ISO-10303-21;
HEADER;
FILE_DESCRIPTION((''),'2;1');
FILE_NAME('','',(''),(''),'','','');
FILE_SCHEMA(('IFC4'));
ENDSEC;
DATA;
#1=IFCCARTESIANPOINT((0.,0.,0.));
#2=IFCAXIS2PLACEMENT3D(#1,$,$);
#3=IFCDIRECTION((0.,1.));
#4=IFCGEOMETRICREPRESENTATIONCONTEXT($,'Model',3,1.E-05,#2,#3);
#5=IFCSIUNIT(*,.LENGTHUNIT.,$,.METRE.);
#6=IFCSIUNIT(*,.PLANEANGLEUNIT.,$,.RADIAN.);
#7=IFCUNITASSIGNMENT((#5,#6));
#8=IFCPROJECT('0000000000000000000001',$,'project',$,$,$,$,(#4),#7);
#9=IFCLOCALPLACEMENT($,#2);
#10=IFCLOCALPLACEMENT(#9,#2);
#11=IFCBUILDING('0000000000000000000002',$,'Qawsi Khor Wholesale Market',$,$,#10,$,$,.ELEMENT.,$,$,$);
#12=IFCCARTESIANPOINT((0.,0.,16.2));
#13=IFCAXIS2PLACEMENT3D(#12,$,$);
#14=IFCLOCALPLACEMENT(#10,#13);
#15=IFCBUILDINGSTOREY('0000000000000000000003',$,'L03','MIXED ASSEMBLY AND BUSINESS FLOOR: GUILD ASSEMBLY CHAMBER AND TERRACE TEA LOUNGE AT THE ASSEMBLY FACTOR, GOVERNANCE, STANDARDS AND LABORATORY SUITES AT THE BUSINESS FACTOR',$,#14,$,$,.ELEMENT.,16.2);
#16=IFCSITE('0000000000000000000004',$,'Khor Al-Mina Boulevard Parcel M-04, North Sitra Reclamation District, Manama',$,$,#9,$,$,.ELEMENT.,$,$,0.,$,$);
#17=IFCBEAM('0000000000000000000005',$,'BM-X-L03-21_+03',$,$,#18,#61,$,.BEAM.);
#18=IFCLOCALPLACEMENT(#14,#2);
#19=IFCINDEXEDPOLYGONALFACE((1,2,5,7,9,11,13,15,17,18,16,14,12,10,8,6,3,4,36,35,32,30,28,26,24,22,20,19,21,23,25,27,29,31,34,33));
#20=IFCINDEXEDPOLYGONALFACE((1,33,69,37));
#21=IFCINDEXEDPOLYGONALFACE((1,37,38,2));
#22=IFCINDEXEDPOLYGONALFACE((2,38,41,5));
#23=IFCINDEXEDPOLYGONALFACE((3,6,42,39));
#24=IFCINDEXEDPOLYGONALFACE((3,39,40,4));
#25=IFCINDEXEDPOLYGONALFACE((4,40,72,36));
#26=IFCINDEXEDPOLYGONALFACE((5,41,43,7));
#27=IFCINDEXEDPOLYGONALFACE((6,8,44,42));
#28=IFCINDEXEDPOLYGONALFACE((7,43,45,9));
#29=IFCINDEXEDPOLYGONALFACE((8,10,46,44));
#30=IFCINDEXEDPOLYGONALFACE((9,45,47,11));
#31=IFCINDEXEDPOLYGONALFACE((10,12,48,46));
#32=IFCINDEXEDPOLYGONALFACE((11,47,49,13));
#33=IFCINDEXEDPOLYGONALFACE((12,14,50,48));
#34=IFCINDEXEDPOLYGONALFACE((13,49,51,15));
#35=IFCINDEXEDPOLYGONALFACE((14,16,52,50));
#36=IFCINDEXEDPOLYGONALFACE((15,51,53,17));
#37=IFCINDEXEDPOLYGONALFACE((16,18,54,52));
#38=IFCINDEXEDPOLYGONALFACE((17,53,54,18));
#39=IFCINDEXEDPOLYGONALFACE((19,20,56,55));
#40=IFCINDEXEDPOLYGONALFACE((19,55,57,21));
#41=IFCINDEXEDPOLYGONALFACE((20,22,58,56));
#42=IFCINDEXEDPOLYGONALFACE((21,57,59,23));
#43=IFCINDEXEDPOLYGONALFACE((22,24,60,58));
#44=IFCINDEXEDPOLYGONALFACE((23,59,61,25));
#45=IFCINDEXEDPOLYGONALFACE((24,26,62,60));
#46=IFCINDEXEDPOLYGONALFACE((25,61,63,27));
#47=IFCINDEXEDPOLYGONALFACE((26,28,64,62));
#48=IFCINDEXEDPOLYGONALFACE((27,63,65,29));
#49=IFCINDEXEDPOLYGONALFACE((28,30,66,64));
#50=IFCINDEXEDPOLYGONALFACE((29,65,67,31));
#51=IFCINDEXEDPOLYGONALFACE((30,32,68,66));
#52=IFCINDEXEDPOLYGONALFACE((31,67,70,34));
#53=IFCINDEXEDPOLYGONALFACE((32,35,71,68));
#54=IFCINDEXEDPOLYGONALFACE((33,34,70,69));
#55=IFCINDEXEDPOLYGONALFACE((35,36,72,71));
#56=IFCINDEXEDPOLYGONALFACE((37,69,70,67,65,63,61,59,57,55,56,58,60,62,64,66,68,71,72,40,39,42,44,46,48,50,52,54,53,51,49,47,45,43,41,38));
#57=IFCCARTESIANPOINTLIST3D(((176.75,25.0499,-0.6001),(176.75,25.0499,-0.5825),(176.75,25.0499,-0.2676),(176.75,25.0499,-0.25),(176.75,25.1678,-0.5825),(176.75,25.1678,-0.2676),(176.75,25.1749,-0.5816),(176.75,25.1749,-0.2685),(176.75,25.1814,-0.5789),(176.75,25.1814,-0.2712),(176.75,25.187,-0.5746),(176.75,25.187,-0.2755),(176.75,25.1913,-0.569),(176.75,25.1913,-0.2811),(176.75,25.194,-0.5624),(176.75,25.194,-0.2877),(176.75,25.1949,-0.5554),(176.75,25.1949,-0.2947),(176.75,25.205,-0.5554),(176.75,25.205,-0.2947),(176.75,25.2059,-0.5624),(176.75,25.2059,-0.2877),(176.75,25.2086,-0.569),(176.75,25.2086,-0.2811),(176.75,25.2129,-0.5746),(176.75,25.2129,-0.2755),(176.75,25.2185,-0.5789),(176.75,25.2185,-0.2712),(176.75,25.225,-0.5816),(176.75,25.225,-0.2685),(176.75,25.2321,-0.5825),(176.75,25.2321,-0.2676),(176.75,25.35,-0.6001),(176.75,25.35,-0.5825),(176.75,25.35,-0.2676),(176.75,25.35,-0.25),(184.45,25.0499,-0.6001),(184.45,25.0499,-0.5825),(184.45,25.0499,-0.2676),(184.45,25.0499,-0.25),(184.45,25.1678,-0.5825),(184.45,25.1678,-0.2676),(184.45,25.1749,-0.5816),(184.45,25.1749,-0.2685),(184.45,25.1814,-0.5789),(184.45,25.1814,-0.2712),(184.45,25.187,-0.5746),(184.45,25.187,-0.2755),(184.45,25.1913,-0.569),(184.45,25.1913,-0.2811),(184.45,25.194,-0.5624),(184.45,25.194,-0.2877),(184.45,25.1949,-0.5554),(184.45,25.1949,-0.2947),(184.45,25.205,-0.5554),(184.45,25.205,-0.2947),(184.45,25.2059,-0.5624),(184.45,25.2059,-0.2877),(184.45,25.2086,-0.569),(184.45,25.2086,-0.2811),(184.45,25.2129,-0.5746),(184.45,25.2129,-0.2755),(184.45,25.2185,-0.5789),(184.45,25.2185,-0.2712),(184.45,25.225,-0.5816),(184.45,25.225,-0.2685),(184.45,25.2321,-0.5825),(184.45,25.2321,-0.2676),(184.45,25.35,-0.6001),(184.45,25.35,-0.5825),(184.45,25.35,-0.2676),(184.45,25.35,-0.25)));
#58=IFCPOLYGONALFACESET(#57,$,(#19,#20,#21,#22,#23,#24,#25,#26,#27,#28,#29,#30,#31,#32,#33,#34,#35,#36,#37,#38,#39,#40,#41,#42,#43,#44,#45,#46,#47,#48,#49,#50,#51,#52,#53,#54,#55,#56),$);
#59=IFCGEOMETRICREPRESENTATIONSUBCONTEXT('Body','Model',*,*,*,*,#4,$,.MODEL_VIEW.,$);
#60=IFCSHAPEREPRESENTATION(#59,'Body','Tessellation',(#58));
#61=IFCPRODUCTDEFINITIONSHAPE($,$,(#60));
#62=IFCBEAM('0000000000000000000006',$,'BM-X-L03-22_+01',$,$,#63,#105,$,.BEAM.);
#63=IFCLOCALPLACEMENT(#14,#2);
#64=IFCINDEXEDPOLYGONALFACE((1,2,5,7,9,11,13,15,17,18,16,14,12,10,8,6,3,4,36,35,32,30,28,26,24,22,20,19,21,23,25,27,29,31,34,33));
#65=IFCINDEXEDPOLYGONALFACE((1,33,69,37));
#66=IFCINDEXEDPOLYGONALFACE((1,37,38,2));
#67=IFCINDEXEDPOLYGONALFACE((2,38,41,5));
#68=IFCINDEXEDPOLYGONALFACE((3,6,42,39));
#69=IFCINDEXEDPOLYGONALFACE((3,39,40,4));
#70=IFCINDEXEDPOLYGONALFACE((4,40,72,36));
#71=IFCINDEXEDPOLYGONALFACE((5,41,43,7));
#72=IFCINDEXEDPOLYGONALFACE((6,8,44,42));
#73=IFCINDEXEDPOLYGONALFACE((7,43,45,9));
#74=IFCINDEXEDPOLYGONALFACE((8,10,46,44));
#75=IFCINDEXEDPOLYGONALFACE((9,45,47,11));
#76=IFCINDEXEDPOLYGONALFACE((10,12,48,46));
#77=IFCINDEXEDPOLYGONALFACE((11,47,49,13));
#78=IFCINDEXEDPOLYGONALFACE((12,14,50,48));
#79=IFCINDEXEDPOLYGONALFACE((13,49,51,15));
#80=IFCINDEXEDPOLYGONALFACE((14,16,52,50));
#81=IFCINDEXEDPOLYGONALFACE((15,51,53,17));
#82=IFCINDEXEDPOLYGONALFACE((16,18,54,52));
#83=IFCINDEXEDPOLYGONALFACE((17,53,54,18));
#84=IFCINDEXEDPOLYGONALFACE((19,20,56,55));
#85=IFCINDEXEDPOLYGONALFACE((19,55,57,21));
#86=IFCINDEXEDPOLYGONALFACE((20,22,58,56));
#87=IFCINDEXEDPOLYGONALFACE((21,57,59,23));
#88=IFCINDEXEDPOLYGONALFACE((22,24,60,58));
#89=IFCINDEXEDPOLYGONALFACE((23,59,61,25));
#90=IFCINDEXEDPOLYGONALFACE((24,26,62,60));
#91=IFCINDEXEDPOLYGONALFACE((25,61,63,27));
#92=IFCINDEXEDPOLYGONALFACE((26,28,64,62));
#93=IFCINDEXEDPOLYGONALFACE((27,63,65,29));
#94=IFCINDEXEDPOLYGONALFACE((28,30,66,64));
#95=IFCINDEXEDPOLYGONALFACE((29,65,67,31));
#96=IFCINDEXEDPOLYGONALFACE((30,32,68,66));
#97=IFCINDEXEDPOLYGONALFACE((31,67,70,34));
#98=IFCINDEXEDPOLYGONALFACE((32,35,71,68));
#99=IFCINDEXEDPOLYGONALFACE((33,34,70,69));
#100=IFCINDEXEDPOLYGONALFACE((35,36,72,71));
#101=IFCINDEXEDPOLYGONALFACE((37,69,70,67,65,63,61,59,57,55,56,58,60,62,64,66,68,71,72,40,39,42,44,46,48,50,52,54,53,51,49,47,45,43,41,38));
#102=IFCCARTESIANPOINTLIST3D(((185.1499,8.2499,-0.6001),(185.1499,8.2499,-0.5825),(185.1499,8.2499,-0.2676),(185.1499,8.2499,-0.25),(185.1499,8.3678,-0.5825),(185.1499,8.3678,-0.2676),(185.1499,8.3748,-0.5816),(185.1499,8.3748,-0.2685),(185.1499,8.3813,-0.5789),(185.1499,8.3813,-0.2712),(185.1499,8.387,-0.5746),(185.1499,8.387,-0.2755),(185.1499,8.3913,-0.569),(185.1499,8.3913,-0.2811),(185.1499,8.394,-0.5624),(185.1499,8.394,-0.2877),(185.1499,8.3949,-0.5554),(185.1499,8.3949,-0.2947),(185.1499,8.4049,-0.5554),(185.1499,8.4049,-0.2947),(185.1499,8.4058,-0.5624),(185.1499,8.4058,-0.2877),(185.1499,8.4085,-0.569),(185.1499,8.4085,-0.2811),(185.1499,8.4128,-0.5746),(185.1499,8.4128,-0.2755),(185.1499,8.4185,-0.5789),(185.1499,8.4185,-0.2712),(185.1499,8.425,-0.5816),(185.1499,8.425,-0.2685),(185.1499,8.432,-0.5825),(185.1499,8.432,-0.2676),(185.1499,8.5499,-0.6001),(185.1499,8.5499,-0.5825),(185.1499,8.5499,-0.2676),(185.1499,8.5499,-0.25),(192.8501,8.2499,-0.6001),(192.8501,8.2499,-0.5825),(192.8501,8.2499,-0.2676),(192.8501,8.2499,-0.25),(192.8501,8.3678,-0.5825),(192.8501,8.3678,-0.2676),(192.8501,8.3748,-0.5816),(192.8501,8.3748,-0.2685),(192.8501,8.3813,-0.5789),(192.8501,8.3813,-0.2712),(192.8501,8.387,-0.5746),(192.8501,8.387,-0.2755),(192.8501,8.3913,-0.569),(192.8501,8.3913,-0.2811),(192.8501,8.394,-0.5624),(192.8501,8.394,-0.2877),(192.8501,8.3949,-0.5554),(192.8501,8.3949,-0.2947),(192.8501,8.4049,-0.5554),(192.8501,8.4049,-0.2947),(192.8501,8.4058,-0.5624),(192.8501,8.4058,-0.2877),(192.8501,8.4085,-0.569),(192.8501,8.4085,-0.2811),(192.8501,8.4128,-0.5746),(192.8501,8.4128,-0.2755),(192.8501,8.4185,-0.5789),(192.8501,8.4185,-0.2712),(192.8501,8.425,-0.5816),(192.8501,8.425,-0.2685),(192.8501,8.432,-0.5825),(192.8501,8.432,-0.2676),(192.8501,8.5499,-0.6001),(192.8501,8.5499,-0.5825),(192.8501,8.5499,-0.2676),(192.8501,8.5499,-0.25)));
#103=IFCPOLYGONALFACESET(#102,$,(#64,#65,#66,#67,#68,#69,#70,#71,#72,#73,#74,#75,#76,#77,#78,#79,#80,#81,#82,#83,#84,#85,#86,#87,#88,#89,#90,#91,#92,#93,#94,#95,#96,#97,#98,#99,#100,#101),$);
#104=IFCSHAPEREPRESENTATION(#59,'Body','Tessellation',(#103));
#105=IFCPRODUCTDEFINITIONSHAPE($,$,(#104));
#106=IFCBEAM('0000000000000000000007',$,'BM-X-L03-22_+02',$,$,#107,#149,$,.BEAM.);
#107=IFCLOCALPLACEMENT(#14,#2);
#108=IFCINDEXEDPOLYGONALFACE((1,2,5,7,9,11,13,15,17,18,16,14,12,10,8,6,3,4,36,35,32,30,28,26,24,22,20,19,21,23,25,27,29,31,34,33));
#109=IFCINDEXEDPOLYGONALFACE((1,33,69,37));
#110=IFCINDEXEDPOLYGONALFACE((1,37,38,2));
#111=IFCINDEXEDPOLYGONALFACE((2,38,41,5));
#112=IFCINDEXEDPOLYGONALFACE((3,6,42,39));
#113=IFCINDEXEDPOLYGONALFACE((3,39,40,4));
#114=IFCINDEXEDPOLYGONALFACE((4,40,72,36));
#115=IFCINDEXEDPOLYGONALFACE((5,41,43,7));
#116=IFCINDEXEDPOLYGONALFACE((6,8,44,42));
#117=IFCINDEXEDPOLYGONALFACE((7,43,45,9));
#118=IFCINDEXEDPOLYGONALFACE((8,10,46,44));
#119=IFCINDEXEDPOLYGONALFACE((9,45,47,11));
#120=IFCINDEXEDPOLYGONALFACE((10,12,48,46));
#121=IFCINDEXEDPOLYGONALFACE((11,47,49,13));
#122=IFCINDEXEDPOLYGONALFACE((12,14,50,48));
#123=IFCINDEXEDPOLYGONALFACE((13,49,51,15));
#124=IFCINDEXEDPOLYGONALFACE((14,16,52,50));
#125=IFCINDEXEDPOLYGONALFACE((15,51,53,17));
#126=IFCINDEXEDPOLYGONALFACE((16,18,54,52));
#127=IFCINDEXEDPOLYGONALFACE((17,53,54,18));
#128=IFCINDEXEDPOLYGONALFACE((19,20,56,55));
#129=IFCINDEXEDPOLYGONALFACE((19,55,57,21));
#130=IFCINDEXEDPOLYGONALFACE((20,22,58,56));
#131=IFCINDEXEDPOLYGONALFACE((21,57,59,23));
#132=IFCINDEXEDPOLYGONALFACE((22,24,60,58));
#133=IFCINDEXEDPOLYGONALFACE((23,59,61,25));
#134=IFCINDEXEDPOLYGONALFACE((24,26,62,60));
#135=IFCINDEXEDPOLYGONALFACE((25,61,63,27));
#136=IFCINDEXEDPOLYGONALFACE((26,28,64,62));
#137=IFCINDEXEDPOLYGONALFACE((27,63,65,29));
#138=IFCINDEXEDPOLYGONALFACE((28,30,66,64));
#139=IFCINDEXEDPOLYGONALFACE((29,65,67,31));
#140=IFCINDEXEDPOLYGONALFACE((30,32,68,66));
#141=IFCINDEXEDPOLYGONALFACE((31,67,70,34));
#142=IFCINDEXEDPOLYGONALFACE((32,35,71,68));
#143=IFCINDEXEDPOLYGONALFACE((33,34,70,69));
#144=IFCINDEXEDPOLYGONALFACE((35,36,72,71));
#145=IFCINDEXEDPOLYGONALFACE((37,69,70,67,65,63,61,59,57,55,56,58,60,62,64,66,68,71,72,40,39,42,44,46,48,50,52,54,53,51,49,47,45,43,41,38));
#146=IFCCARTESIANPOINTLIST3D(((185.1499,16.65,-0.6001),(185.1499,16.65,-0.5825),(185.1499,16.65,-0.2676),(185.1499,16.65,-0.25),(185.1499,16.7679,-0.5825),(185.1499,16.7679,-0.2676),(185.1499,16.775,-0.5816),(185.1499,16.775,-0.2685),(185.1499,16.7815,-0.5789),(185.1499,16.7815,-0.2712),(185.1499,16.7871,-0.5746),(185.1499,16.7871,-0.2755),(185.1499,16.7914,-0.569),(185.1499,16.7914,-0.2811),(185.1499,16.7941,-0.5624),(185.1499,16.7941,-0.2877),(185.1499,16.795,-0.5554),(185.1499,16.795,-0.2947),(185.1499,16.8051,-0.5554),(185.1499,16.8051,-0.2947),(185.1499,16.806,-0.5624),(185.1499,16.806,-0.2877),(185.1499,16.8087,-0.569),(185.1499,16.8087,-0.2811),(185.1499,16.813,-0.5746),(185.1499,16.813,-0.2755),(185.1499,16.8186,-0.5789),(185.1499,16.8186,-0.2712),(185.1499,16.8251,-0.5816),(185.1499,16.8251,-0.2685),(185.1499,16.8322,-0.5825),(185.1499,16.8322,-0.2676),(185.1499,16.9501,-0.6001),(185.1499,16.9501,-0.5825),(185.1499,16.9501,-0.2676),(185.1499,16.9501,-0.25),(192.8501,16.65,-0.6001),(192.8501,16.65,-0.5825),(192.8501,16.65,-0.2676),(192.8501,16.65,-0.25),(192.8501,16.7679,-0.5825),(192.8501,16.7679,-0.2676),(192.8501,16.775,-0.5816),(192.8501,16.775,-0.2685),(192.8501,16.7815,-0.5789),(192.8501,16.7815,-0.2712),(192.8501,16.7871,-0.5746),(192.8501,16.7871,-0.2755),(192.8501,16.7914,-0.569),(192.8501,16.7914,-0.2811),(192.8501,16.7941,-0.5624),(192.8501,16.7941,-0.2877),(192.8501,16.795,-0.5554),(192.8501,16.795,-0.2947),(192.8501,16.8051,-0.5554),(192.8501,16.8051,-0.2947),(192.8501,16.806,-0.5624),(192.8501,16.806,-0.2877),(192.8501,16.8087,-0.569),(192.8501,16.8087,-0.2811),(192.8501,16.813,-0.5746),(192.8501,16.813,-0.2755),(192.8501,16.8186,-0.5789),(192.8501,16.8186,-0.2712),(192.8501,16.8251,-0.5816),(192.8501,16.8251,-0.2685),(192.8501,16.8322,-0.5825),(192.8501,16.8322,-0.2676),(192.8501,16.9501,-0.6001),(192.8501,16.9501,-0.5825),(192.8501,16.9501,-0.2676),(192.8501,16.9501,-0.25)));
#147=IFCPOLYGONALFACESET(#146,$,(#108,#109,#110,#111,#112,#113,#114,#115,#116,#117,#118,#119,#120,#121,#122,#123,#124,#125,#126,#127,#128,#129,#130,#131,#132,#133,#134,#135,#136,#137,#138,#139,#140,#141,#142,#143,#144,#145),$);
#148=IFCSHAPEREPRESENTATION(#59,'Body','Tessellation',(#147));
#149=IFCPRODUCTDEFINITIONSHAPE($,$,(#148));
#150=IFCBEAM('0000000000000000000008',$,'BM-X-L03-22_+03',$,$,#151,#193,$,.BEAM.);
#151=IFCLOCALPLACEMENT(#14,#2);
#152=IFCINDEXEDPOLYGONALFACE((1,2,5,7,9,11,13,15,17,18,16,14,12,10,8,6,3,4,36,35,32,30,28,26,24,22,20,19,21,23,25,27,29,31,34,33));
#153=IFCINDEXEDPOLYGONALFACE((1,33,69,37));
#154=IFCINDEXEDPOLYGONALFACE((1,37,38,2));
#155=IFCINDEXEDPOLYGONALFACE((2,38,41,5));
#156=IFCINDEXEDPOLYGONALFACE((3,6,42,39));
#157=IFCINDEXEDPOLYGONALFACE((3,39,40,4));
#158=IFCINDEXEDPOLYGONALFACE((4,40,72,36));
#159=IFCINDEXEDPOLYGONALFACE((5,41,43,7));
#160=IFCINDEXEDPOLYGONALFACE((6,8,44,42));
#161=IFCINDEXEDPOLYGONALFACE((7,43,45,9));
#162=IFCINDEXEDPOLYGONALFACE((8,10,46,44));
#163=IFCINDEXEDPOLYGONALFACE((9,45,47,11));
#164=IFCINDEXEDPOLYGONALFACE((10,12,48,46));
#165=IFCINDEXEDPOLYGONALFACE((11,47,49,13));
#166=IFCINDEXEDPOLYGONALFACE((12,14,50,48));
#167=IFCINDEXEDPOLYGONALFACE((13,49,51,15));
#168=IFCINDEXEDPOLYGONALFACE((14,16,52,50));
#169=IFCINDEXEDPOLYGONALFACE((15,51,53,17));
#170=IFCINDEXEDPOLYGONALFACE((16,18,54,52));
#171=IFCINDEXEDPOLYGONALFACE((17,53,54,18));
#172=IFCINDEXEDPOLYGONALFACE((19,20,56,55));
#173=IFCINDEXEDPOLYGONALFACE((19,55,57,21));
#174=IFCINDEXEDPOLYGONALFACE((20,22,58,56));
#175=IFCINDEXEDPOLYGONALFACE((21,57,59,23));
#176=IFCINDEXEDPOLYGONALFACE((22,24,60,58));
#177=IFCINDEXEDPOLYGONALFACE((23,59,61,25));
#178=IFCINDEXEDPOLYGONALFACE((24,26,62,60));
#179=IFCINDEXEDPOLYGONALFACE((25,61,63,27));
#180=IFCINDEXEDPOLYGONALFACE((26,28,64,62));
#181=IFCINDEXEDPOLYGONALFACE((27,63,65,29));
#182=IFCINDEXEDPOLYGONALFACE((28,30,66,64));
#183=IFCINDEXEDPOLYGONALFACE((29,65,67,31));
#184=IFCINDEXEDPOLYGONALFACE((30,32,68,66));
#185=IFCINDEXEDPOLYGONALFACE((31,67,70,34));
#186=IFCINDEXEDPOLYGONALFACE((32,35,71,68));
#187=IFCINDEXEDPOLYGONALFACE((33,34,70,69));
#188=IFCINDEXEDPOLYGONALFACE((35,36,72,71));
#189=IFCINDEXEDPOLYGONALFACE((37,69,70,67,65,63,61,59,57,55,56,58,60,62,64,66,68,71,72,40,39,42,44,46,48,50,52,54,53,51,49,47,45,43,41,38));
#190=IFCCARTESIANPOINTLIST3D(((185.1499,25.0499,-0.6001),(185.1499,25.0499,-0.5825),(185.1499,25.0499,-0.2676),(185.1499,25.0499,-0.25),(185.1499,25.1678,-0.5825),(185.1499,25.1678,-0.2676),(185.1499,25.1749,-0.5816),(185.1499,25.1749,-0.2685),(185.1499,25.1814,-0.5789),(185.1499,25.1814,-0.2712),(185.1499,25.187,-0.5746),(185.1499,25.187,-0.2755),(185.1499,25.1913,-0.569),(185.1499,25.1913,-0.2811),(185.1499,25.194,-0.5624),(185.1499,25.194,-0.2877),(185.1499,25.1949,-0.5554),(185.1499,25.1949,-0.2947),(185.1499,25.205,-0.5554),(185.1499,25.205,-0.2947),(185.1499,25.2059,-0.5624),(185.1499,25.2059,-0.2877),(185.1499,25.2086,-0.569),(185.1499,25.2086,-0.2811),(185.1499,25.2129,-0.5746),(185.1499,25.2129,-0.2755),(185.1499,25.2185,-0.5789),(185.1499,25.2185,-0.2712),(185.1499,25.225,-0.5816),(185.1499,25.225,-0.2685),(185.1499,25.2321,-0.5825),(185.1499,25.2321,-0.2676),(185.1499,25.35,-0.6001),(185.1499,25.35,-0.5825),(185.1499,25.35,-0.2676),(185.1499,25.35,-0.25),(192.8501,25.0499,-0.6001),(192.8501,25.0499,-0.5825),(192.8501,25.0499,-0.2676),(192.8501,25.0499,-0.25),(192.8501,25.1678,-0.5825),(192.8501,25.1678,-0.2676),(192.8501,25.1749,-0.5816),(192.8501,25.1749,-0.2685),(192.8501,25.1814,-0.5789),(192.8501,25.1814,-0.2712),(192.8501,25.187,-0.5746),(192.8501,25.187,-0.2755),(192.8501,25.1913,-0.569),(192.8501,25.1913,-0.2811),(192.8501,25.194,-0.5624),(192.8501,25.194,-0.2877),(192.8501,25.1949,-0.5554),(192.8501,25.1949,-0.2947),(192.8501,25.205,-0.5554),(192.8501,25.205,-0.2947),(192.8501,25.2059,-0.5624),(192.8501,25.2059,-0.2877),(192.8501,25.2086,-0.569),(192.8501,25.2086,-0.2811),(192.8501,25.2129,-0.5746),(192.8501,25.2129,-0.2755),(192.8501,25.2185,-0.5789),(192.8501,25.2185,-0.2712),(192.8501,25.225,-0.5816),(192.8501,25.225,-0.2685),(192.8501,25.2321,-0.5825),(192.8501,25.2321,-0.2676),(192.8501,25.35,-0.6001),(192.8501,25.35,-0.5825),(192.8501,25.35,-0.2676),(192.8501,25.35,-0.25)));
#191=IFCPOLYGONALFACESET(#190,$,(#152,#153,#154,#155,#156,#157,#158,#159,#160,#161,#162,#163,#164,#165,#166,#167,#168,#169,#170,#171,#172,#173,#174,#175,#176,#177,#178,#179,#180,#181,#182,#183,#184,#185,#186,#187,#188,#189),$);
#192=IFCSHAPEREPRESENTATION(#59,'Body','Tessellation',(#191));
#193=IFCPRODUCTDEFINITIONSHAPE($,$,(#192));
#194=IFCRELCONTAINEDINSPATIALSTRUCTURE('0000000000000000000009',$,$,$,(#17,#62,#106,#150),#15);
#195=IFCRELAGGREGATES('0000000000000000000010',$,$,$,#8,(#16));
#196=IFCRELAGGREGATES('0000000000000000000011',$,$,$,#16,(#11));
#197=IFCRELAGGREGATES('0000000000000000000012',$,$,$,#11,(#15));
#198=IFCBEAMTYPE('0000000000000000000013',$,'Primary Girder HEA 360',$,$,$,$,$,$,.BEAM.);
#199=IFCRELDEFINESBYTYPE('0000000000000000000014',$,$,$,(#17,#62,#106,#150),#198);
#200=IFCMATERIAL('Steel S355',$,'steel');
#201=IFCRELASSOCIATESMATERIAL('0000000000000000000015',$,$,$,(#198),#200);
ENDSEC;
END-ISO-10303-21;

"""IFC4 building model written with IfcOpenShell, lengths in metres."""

from ifc_helpers import new_model, si_unit, direction, frame, origin, origin_2d, place, context, subcontext, project, spatial, i_section, extrude, material, material_profile, profile_set, type_object, element, save


model = new_model("IFC4")

# Units and contexts
model_context = context("Model", 3, precision=1e-05, world=origin(), true_north=direction((0.0, 1.0)))
body_context = subcontext(model_context, "Body", "Model", "MODEL_VIEW")
ifc_project = project(units=[si_unit("LENGTHUNIT", "METRE"), si_unit("PLANEANGLEUNIT", "RADIAN")], contexts=[model_context])

# Site, building, storey
site_placement = place(None, origin())
site = spatial("IfcSite", under=ifc_project, at=site_placement, Name="Khor Al-Mina Boulevard Parcel M-04, North Sitra Reclamation District, Manama", CompositionType="ELEMENT", RefElevation=0.0)
building_placement = place(site_placement, origin())
building = spatial("IfcBuilding", under=site, at=building_placement, Name="Qawsi Khor Wholesale Market", CompositionType="ELEMENT")
storey_placement = place(building_placement, frame((0.0, 0.0, 16.2)))
storey = spatial("IfcBuildingStorey", under=building, at=storey_placement, Name="L03", Description="MIXED ASSEMBLY AND BUSINESS FLOOR: GUILD ASSEMBLY CHAMBER AND TERRACE TEA LOUNGE AT THE ASSEMBLY FACTOR, GOVERNANCE, STANDARDS AND LABORATORY SUITES AT THE BUSINESS FACTOR", CompositionType="ELEMENT", Elevation=16.2)

# Shared definitions
ifc_material_1 = material(Name="Steel S355", Category="steel")

# Beams
ifc_material_profile_1 = material_profile(ifc_material_1, i_section(OverallWidth=0.3, OverallDepth=0.3501, WebThickness=0.01, FlangeThickness=0.0176, FilletRadius=0.0271, at=origin_2d()), Name="HEA 360")
ifc_profile_set_1 = profile_set([ifc_material_profile_1], Name="Steel S355")
beam_type_1 = type_object("IfcBeamType", Name="Primary Girder HEA 360", PredefinedType="BEAM", material=ifc_profile_set_1)
for number, where, z_axis, x_axis, name in (
    (1, (176.75, 25.2, -0.425), (1.0, 0.0, 0.0), (0.0, 1.0, 0.0), "BM-X-L03-21_+03"),
):
    element("IfcBeam", number, at=place(storey_placement, frame(where, z_axis=z_axis, x_axis=x_axis)), inside=storey, type_object=beam_type_1, Name=name, PredefinedType="BEAM", context=body_context, shape_type="SweptSolid", body=[
        extrude(i_section(OverallWidth=0.3, OverallDepth=0.3501, WebThickness=0.01, FlangeThickness=0.0176, FilletRadius=0.0271, at=origin_2d()), origin(), (0.0, 0.0, 1.0), 7.7),
    ])
for number, where, z_axis, x_axis, name in (
    (2, (185.1499, 8.3999, -0.425), (1.0, 0.0, 0.0), (0.0, 1.0, 0.0), "BM-X-L03-22_+01"),
    (3, (185.1499, 16.8, -0.425), (1.0, 0.0, 0.0), (0.0, 1.0, 0.0), "BM-X-L03-22_+02"),
    (4, (185.1499, 25.2, -0.425), (1.0, 0.0, 0.0), (0.0, 1.0, 0.0), "BM-X-L03-22_+03"),
):
    element("IfcBeam", number, at=place(storey_placement, frame(where, z_axis=z_axis, x_axis=x_axis)), inside=storey, type_object=beam_type_1, Name=name, PredefinedType="BEAM", context=body_context, shape_type="SweptSolid", body=[
        extrude(i_section(OverallWidth=0.3, OverallDepth=0.3501, WebThickness=0.01, FlangeThickness=0.0176, FilletRadius=0.0271, at=origin_2d()), origin(), (0.0, 0.0, 1.0), 7.7002),
    ])

save(model, "model.ifc")
